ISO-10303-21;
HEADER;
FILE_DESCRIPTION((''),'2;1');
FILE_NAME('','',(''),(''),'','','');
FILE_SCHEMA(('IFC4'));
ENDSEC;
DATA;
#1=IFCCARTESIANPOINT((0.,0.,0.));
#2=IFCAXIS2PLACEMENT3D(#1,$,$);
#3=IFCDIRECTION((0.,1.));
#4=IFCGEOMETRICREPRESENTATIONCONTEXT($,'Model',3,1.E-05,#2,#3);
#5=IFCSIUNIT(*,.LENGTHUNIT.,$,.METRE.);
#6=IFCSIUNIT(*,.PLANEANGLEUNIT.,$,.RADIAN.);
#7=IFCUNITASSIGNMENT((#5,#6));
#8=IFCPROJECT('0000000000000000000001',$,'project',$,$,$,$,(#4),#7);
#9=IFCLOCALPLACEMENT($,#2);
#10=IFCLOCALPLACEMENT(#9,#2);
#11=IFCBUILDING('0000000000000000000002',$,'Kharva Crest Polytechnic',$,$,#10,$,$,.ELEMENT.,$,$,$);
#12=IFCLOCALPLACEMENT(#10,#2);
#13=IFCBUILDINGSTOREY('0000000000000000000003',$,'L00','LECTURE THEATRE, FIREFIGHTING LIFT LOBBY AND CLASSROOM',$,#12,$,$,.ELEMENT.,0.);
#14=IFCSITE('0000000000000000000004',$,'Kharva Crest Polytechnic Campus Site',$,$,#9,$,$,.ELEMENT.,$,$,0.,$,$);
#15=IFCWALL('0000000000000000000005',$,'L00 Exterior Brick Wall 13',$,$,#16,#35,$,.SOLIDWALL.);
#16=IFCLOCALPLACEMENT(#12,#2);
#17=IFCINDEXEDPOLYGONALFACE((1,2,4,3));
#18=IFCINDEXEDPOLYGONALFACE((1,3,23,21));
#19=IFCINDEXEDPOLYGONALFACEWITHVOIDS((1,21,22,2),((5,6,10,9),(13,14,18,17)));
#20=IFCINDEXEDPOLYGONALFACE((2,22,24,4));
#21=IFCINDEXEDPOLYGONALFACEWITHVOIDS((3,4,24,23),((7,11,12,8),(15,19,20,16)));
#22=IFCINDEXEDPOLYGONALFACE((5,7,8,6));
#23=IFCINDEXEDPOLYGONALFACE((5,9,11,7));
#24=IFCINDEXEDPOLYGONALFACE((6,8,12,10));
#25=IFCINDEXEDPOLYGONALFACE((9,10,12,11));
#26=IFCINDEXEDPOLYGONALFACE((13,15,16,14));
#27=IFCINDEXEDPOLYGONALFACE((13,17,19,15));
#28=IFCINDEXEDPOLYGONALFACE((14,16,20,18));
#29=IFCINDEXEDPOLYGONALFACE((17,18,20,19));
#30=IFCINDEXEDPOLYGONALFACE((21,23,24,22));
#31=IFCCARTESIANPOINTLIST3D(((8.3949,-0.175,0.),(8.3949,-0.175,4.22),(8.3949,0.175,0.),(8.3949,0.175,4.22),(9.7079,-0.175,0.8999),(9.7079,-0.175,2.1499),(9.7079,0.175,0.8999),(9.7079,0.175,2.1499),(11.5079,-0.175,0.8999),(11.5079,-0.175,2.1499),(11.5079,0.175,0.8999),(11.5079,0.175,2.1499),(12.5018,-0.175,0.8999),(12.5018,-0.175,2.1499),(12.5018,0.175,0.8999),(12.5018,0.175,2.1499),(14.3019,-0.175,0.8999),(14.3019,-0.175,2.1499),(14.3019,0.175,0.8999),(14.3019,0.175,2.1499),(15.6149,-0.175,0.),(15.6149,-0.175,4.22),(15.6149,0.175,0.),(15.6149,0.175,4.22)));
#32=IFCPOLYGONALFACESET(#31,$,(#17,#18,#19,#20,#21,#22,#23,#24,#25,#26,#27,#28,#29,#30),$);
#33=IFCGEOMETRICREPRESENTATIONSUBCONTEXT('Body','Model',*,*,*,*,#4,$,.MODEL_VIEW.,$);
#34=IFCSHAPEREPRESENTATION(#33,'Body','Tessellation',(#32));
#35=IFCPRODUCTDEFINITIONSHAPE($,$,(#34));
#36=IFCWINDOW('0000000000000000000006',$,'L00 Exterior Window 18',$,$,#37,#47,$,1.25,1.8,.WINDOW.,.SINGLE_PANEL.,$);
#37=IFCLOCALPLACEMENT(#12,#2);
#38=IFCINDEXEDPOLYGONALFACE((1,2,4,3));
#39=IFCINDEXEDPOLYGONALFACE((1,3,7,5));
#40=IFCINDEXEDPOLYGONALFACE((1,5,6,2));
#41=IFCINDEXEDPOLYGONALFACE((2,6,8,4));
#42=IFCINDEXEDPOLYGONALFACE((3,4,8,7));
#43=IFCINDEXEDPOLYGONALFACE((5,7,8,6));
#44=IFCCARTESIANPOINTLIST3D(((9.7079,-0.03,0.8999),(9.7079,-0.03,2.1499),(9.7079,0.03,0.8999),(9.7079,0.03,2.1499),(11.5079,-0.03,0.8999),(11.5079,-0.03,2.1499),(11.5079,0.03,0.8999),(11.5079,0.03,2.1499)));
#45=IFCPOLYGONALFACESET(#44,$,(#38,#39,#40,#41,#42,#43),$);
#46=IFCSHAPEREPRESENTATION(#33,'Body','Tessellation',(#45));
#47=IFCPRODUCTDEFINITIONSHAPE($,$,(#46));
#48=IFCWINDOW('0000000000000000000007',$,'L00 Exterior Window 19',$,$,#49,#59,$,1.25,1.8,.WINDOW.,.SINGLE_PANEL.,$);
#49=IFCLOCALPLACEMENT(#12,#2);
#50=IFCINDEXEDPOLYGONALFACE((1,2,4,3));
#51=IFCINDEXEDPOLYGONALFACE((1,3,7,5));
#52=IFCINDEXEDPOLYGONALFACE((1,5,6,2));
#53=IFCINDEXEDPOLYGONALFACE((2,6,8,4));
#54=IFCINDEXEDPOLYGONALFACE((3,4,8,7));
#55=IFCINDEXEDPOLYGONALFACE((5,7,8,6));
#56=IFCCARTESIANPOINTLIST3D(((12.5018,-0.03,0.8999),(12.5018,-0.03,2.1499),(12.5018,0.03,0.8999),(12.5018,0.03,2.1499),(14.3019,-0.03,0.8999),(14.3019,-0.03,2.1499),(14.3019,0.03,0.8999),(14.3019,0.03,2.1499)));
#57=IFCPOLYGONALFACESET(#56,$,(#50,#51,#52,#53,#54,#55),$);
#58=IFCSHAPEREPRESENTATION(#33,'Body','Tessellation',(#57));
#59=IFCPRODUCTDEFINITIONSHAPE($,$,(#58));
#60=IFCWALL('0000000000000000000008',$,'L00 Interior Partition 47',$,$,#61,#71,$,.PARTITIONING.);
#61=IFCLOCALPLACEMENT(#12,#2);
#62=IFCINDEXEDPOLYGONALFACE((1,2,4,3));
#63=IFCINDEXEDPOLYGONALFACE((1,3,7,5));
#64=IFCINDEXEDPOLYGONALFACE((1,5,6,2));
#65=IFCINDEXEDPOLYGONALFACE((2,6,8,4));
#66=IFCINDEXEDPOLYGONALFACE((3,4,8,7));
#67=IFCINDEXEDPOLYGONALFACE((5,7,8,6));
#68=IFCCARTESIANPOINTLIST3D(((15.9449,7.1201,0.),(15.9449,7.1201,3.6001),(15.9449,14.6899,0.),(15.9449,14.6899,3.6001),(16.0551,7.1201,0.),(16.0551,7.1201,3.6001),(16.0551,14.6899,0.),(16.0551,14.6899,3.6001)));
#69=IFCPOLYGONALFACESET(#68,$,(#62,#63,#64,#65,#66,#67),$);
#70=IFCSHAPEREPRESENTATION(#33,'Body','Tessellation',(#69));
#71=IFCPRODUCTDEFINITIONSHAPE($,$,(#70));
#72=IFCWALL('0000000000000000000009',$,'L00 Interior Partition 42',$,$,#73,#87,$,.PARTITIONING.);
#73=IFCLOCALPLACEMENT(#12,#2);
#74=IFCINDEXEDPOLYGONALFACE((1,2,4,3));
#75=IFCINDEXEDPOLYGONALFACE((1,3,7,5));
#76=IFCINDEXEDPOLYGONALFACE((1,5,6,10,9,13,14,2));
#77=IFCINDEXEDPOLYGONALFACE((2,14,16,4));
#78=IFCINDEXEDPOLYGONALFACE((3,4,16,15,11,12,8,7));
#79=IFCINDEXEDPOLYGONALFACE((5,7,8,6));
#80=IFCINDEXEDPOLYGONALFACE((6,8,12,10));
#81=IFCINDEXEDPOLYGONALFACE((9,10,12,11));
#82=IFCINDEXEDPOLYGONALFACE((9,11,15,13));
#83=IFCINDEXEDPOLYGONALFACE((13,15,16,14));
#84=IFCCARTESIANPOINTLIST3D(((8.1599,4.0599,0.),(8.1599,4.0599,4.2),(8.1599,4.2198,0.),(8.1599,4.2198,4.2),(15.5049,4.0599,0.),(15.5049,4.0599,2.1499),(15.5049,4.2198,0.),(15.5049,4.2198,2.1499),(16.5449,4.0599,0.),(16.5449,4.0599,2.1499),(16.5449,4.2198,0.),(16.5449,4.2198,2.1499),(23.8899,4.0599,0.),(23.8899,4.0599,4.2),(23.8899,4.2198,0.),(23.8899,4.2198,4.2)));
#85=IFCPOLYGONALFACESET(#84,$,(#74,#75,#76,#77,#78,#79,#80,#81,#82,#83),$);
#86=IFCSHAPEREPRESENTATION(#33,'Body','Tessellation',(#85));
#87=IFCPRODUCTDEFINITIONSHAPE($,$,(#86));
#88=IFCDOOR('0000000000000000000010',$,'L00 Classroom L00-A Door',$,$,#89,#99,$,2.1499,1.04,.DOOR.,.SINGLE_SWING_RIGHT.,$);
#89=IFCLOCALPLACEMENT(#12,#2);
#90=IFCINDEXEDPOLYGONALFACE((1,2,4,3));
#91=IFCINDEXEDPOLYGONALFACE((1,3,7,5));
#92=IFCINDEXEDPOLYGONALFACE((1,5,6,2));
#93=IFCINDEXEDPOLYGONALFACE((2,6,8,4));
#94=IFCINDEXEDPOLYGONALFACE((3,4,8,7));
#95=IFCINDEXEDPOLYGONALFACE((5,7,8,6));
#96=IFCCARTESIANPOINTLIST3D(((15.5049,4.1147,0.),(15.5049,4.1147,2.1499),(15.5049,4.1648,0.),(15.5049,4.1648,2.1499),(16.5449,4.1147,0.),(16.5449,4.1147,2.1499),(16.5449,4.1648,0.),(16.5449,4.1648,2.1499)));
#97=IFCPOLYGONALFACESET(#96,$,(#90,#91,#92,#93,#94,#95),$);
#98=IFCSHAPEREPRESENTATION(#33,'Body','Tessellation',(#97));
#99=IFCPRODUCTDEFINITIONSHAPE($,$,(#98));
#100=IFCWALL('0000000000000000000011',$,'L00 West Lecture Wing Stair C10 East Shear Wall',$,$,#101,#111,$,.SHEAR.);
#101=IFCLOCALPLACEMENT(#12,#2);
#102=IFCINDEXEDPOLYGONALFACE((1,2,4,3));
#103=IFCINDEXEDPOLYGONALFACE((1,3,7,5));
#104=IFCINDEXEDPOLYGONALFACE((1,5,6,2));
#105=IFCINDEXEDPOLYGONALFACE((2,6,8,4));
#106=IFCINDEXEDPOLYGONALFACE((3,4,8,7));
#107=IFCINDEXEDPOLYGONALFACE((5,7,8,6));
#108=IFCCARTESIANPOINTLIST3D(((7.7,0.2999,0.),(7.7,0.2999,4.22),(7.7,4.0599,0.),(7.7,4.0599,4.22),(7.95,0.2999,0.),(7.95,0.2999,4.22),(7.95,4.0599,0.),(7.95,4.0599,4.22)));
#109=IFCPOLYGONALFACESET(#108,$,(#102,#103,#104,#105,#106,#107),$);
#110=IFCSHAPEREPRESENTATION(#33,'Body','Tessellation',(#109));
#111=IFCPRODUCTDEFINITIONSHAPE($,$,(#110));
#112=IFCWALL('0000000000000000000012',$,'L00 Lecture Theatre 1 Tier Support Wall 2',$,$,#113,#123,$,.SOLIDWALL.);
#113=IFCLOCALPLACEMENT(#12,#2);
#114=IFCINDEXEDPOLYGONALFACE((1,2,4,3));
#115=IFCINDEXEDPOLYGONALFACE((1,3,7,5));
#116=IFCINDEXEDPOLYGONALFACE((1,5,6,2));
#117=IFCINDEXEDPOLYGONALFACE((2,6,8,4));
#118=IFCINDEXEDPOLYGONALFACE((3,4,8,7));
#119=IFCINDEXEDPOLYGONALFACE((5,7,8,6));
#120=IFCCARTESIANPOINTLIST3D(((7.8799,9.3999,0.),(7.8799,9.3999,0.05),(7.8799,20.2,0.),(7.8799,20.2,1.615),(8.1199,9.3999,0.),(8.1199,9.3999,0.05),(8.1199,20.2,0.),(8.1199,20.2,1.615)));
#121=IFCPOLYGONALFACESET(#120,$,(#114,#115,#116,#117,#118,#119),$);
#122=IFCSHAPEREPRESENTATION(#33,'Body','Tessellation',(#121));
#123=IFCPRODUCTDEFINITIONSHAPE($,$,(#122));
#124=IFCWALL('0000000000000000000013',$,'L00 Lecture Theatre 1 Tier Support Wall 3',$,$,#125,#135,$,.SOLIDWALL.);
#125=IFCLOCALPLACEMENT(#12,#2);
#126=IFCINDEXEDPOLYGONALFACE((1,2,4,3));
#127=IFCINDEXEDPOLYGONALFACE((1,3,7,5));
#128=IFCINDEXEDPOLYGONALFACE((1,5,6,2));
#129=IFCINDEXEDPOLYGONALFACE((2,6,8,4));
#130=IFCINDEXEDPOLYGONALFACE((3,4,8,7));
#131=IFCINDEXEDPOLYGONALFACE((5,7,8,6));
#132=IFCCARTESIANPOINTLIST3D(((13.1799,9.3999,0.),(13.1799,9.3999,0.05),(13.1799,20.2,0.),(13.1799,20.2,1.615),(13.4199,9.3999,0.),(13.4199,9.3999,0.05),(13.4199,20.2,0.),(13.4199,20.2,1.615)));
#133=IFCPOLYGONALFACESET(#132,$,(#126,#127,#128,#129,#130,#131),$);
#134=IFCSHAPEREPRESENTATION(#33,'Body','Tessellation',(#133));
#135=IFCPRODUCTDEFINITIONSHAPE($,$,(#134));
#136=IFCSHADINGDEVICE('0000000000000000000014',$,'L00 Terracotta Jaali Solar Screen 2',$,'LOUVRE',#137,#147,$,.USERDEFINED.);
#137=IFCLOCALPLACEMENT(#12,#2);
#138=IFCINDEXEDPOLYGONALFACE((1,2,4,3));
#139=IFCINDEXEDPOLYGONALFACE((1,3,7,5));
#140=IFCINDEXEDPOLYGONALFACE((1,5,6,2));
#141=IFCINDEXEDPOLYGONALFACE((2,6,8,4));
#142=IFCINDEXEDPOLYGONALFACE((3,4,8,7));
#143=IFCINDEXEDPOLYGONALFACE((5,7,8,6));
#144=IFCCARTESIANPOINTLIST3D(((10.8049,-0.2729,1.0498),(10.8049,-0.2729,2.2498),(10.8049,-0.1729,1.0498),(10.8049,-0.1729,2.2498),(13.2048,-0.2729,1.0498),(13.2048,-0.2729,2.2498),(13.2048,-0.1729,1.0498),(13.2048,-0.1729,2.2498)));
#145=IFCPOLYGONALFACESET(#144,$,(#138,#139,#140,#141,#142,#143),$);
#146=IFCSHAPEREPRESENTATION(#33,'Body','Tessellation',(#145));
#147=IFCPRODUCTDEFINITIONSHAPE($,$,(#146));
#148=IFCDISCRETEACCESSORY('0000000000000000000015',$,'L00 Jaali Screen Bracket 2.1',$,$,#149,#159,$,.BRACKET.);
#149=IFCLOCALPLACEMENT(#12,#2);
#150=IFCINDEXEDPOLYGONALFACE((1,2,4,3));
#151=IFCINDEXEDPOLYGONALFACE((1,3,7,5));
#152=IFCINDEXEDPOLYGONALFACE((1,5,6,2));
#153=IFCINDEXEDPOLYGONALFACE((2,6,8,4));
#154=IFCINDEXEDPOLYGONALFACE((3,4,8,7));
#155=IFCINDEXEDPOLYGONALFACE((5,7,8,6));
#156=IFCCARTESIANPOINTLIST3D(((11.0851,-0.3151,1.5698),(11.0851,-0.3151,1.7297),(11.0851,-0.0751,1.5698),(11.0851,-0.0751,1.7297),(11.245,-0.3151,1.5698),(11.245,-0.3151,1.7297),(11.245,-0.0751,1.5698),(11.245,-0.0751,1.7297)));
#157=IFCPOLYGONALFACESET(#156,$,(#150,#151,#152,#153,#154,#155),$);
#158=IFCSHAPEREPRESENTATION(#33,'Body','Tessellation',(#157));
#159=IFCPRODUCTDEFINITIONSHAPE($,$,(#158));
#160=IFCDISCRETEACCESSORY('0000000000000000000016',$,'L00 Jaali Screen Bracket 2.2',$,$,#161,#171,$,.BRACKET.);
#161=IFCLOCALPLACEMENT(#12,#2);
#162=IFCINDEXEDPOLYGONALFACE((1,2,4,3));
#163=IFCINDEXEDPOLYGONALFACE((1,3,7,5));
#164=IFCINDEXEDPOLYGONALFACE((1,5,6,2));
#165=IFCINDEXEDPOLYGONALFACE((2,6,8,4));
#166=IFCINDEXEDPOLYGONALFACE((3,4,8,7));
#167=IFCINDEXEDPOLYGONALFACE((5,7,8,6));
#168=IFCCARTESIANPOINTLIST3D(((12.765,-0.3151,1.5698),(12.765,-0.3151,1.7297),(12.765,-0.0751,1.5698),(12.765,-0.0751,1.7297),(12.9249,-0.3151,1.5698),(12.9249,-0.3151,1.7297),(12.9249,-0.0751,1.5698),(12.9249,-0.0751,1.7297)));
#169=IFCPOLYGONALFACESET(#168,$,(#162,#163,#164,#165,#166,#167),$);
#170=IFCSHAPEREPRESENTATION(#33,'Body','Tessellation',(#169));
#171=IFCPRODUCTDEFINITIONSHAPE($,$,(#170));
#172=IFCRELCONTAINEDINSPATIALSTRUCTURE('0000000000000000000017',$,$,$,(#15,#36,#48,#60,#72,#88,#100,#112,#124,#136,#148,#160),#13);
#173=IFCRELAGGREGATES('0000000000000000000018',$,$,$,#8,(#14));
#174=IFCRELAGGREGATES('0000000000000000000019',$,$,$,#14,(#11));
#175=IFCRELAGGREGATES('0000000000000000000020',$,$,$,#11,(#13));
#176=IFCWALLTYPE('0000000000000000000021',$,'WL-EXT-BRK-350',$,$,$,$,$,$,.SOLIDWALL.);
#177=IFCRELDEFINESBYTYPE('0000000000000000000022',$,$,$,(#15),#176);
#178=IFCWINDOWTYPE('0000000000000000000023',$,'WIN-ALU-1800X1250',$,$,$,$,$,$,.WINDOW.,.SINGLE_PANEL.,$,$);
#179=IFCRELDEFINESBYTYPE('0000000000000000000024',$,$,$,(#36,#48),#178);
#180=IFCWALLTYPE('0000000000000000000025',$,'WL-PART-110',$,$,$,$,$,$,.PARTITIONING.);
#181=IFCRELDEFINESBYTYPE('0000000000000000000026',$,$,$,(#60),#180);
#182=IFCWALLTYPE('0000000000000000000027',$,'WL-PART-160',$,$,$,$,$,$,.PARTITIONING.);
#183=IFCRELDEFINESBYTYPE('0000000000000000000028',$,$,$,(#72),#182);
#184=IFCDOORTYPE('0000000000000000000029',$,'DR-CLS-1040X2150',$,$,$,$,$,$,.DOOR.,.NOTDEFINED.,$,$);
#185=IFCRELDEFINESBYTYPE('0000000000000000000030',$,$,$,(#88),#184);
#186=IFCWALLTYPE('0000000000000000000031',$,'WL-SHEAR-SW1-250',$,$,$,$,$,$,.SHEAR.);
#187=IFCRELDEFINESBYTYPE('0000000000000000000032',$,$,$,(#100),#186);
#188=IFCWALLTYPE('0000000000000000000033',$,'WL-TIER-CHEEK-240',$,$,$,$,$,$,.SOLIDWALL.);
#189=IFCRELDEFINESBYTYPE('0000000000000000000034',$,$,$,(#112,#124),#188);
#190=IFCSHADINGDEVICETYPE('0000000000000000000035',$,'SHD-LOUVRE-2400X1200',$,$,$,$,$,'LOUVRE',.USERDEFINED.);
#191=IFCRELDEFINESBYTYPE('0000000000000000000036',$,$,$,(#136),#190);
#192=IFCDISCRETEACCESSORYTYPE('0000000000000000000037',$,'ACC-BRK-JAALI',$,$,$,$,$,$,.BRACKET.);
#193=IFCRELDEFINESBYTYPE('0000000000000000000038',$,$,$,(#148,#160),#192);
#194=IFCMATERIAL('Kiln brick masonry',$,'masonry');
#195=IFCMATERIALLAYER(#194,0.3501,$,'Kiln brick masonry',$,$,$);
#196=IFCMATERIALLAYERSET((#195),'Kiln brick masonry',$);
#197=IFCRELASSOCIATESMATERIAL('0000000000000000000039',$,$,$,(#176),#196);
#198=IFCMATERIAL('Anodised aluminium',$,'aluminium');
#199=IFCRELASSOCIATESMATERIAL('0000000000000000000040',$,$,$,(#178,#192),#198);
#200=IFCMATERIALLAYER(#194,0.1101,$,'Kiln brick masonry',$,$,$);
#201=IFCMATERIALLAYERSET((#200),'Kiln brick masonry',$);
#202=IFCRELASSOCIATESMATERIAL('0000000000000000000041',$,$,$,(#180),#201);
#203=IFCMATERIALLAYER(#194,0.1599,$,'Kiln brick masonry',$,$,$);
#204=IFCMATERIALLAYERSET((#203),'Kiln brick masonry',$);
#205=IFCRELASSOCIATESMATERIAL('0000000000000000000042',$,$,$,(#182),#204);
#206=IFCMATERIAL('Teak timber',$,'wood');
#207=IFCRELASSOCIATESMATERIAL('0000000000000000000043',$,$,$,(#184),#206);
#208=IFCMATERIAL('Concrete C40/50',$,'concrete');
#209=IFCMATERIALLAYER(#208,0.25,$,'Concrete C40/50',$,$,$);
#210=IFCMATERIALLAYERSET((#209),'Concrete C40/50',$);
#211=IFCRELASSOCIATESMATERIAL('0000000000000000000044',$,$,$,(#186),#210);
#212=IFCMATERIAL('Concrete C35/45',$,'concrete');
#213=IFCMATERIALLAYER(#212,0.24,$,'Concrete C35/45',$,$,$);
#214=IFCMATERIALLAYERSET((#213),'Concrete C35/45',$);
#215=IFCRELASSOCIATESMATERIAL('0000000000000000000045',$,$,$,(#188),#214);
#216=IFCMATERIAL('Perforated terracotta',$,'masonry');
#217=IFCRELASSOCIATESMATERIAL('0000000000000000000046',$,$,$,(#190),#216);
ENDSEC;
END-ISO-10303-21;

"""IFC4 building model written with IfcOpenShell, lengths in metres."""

from ifc_helpers import new_model, si_unit, direction, frame, frame_2d, origin, origin_2d, place, context, subcontext, project, spatial, polyline, rectangle, outline, extrude, material, layer, layer_set, type_object, element, fill, save


model = new_model("IFC4")

# Units and contexts
model_context = context("Model", 3, precision=1e-05, world=origin(), true_north=direction((0.0, 1.0)))
body_context = subcontext(model_context, "Body", "Model", "MODEL_VIEW")
ifc_project = project(units=[si_unit("LENGTHUNIT", "METRE"), si_unit("PLANEANGLEUNIT", "RADIAN")], contexts=[model_context])

# Site, building, storey
site_placement = place(None, origin())
site = spatial("IfcSite", under=ifc_project, at=site_placement, Name="Kharva Crest Polytechnic Campus Site", CompositionType="ELEMENT", RefElevation=0.0)
building_placement = place(site_placement, origin())
building = spatial("IfcBuilding", under=site, at=building_placement, Name="Kharva Crest Polytechnic", CompositionType="ELEMENT")
storey_placement = place(building_placement, origin())
storey = spatial("IfcBuildingStorey", under=building, at=storey_placement, Name="L00", Description="LECTURE THEATRE, FIREFIGHTING LIFT LOBBY AND CLASSROOM", CompositionType="ELEMENT", Elevation=0.0)

# Shared definitions
ifc_material_1 = material(Name="Concrete C35/45", Category="concrete")

# Shared definitions
ifc_material_2 = material(Name="Concrete C40/50", Category="concrete")

# Wall, openings, windows
ifc_material_3 = material(Name="Kiln brick masonry", Category="masonry")
ifc_layer_1 = layer(ifc_material_3, 0.3501, Name="Kiln brick masonry")
ifc_layer_set_1 = layer_set([ifc_layer_1], Name="Kiln brick masonry")
wall_type_1 = type_object("IfcWallType", Name="WL-EXT-BRK-350", PredefinedType="SOLIDWALL", material=ifc_layer_set_1)
wall_1_placement = place(storey_placement, frame((8.395, 0.0, 0.0), z_axis=(0.0, 0.0, 1.0), x_axis=(1.0, 0.0, 0.0)))
wall_1 = element("IfcWall", 1, at=wall_1_placement, inside=storey, type_object=wall_type_1, Name="L00 Exterior Brick Wall 13", PredefinedType="SOLIDWALL", context=body_context, shape_type="SweptSolid", body=[
    extrude(rectangle(XDim=7.22, YDim=0.3501, at=frame_2d((3.6099, 0.0))), origin(), (0.0, 0.0, 1.0), 4.22),
])
opening_1_placement = place(wall_1_placement, frame((1.313, 0.0, 0.8999)))
opening_1 = element("IfcOpeningElement", 2, at=opening_1_placement, cuts=wall_1, PredefinedType="OPENING", context=body_context, shape_type="SweptSolid", body=[
    extrude(rectangle(XDim=1.8, YDim=1.25, at=frame_2d((0.8999, 0.625))), frame((0.0, 0.1851, 0.0), z_axis=(0.0, -1.0, 0.0), x_axis=(1.0, 0.0, 0.0)), (0.0, 0.0, 1.0), 0.3701),
])
opening_2_placement = place(wall_1_placement, frame((4.1069, 0.0, 0.8999)))
opening_2 = element("IfcOpeningElement", 3, at=opening_2_placement, cuts=wall_1, PredefinedType="OPENING", context=body_context, shape_type="SweptSolid", body=[
    extrude(rectangle(XDim=1.8, YDim=1.25, at=frame_2d((0.8999, 0.625))), frame((0.0, 0.1851, 0.0), z_axis=(0.0, -1.0, 0.0), x_axis=(1.0, 0.0, 0.0)), (0.0, 0.0, 1.0), 0.3701),
])
ifc_material_4 = material(Name="Anodised aluminium", Category="aluminium")
window_type = type_object("IfcWindowType", Name="WIN-ALU-1800X1250", PartitioningType="SINGLE_PANEL", PredefinedType="WINDOW", material=ifc_material_4)
window_1_placement = place(opening_1_placement, origin())
window_1 = element("IfcWindow", 4, at=window_1_placement, inside=storey, type_object=window_type, Name="L00 Exterior Window 18", OverallHeight=1.25, OverallWidth=1.8, PartitioningType="SINGLE_PANEL", PredefinedType="WINDOW", context=body_context, shape_type="SweptSolid", body=[
    extrude(rectangle(XDim=1.8, YDim=1.25, at=frame_2d((0.8999, 0.625))), frame((0.0, 0.03, 0.0), z_axis=(0.0, -1.0, 0.0), x_axis=(1.0, 0.0, 0.0)), (0.0, 0.0, 1.0), 0.0601),
])
fill(opening_1, window_1)
window_2_placement = place(opening_2_placement, origin())
window_2 = element("IfcWindow", 5, at=window_2_placement, inside=storey, type_object=window_type, Name="L00 Exterior Window 19", OverallHeight=1.25, OverallWidth=1.8, PartitioningType="SINGLE_PANEL", PredefinedType="WINDOW", context=body_context, shape_type="SweptSolid", body=[
    extrude(rectangle(XDim=1.8, YDim=1.25, at=frame_2d((0.8999, 0.625))), frame((0.0, 0.03, 0.0), z_axis=(0.0, -1.0, 0.0), x_axis=(1.0, 0.0, 0.0)), (0.0, 0.0, 1.0), 0.0601),
])
fill(opening_2, window_2)

# Wall
ifc_layer_2 = layer(ifc_material_3, 0.1101, Name="Kiln brick masonry")
ifc_layer_set_2 = layer_set([ifc_layer_2], Name="Kiln brick masonry")
wall_type_2 = type_object("IfcWallType", Name="WL-PART-110", PredefinedType="PARTITIONING", material=ifc_layer_set_2)
wall_2_placement = place(storey_placement, frame((16.0, 7.1201, 0.0), z_axis=(0.0, 0.0, 1.0), x_axis=(0.0, 1.0, 0.0)))
element("IfcWall", 6, at=wall_2_placement, inside=storey, type_object=wall_type_2, Name="L00 Interior Partition 47", PredefinedType="PARTITIONING", context=body_context, shape_type="SweptSolid", body=[
    extrude(rectangle(XDim=7.5698, YDim=0.1101, at=frame_2d((3.7849, 0.0))), origin(), (0.0, 0.0, 1.0), 3.6001),
])

# Wall, opening, door
ifc_layer_3 = layer(ifc_material_3, 0.1599, Name="Kiln brick masonry")
ifc_layer_set_3 = layer_set([ifc_layer_3], Name="Kiln brick masonry")
wall_type_3 = type_object("IfcWallType", Name="WL-PART-160", PredefinedType="PARTITIONING", material=ifc_layer_set_3)
wall_3_placement = place(storey_placement, frame((8.1599, 4.1399, 0.0), z_axis=(0.0, 0.0, 1.0), x_axis=(1.0, 0.0, 0.0)))
wall_3 = element("IfcWall", 7, at=wall_3_placement, inside=storey, type_object=wall_type_3, Name="L00 Interior Partition 42", PredefinedType="PARTITIONING", context=body_context, shape_type="SweptSolid", body=[
    extrude(rectangle(XDim=15.73, YDim=0.1599, at=frame_2d((7.865, 0.0))), origin(), (0.0, 0.0, 1.0), 4.2),
])
opening_3_placement = place(wall_3_placement, frame((7.345, 0.0, 0.0)))
opening_3 = element("IfcOpeningElement", 8, at=opening_3_placement, cuts=wall_3, PredefinedType="OPENING", context=body_context, shape_type="SweptSolid", body=[
    extrude(rectangle(XDim=1.04, YDim=2.1499, at=frame_2d((0.52, 1.075))), frame((0.0, 0.0898, 0.0), z_axis=(0.0, -1.0, 0.0), x_axis=(1.0, 0.0, 0.0)), (0.0, 0.0, 1.0), 0.1799),
])
ifc_material_5 = material(Name="Teak timber", Category="wood")
door_type = type_object("IfcDoorType", Name="DR-CLS-1040X2150", OperationType="NOTDEFINED", PredefinedType="DOOR", material=ifc_material_5)
door_placement = place(opening_3_placement, origin())
door = element("IfcDoor", 9, at=door_placement, inside=storey, type_object=door_type, Name="L00 Classroom L00-A Door", OperationType="SINGLE_SWING_RIGHT", OverallHeight=2.1499, OverallWidth=1.04, PredefinedType="DOOR", context=body_context, shape_type="SweptSolid", body=[
    extrude(rectangle(XDim=1.04, YDim=2.1499, at=frame_2d((0.52, 1.075))), frame((0.0, 0.0249, 0.0), z_axis=(0.0, -1.0, 0.0), x_axis=(1.0, 0.0, 0.0)), (0.0, 0.0, 1.0), 0.05),
])
fill(opening_3, door)

# Walls
ifc_layer_4 = layer(ifc_material_2, 0.25, Name="Concrete C40/50")
ifc_layer_set_4 = layer_set([ifc_layer_4], Name="Concrete C40/50")
wall_type_4 = type_object("IfcWallType", Name="WL-SHEAR-SW1-250", PredefinedType="SHEAR", material=ifc_layer_set_4)
wall_4_placement = place(storey_placement, frame((7.825, 0.3, 0.0), z_axis=(0.0, 0.0, 1.0), x_axis=(0.0, 1.0, 0.0)))
element("IfcWall", 10, at=wall_4_placement, inside=storey, type_object=wall_type_4, Name="L00 West Lecture Wing Stair C10 East Shear Wall", PredefinedType="SHEAR", context=body_context, shape_type="SweptSolid", body=[
    extrude(rectangle(XDim=3.76, YDim=0.25, at=frame_2d((1.8799, 0.0))), origin(), (0.0, 0.0, 1.0), 4.22),
])
ifc_layer_5 = layer(ifc_material_1, 0.24, Name="Concrete C35/45")
ifc_layer_set_5 = layer_set([ifc_layer_5], Name="Concrete C35/45")
wall_type_5 = type_object("IfcWallType", Name="WL-TIER-CHEEK-240", PredefinedType="SOLIDWALL", material=ifc_layer_set_5)
for number, where, z_axis, x_axis, name in (
    (11, (8.0, 9.3999, 0.0), (0.0, 0.0, 1.0), (0.0, 1.0, 0.0), "L00 Lecture Theatre 1 Tier Support Wall 2"),
    (12, (13.3, 9.3999, 0.0), (0.0, 0.0, 1.0), (0.0, 1.0, 0.0), "L00 Lecture Theatre 1 Tier Support Wall 3"),
):
    element("IfcWall", number, at=place(storey_placement, frame(where, z_axis=z_axis, x_axis=x_axis)), inside=storey, type_object=wall_type_5, Name=name, PredefinedType="SOLIDWALL", context=body_context, shape_type="SweptSolid", body=[
        extrude(outline(polyline([(0.0, 0.0), (10.8, 0.0), (10.8, 1.615), (0.0, 0.05), (0.0, 0.0)])), frame((0.0, 0.1201, 0.0), z_axis=(0.0, -1.0, 0.0), x_axis=(1.0, 0.0, 0.0)), (0.0, 0.0, 1.0), 0.24),
    ])

# Shading device
ifc_material_6 = material(Name="Perforated terracotta", Category="masonry")
shading_device_type = type_object("IfcShadingDeviceType", Name="SHD-LOUVRE-2400X1200", ElementType="LOUVRE", PredefinedType="USERDEFINED", material=ifc_material_6)
shading_device_placement = place(storey_placement, frame((12.0049, -0.2229, 1.0498), z_axis=(0.0, 0.0, 1.0), x_axis=(1.0, 0.0, 0.0)))
element("IfcShadingDevice", 13, at=shading_device_placement, inside=storey, type_object=shading_device_type, Name="L00 Terracotta Jaali Solar Screen 2", ObjectType="LOUVRE", PredefinedType="USERDEFINED", context=body_context, shape_type="SweptSolid", body=[
    extrude(rectangle(XDim=2.3999, YDim=0.1001, at=origin_2d()), origin(), (0.0, 0.0, 1.0), 1.2),
])

# Discrete accessories
discrete_accessory_type = type_object("IfcDiscreteAccessoryType", Name="ACC-BRK-JAALI", PredefinedType="BRACKET", material=ifc_material_4)
for number, where, z_axis, x_axis, name in (
    (14, (11.165, -0.1951, 1.5698), (0.0, 0.0, 1.0), (1.0, 0.0, 0.0), "L00 Jaali Screen Bracket 2.1"),
    (15, (12.845, -0.1951, 1.5698), (0.0, 0.0, 1.0), (1.0, 0.0, 0.0), "L00 Jaali Screen Bracket 2.2"),
):
    element("IfcDiscreteAccessory", number, at=place(storey_placement, frame(where, z_axis=z_axis, x_axis=x_axis)), inside=storey, type_object=discrete_accessory_type, Name=name, PredefinedType="BRACKET", context=body_context, shape_type="SweptSolid", body=[
        extrude(rectangle(XDim=0.1599, YDim=0.24, at=origin_2d()), origin(), (0.0, 0.0, 1.0), 0.1599),
    ])

save(model, "model.ifc")
